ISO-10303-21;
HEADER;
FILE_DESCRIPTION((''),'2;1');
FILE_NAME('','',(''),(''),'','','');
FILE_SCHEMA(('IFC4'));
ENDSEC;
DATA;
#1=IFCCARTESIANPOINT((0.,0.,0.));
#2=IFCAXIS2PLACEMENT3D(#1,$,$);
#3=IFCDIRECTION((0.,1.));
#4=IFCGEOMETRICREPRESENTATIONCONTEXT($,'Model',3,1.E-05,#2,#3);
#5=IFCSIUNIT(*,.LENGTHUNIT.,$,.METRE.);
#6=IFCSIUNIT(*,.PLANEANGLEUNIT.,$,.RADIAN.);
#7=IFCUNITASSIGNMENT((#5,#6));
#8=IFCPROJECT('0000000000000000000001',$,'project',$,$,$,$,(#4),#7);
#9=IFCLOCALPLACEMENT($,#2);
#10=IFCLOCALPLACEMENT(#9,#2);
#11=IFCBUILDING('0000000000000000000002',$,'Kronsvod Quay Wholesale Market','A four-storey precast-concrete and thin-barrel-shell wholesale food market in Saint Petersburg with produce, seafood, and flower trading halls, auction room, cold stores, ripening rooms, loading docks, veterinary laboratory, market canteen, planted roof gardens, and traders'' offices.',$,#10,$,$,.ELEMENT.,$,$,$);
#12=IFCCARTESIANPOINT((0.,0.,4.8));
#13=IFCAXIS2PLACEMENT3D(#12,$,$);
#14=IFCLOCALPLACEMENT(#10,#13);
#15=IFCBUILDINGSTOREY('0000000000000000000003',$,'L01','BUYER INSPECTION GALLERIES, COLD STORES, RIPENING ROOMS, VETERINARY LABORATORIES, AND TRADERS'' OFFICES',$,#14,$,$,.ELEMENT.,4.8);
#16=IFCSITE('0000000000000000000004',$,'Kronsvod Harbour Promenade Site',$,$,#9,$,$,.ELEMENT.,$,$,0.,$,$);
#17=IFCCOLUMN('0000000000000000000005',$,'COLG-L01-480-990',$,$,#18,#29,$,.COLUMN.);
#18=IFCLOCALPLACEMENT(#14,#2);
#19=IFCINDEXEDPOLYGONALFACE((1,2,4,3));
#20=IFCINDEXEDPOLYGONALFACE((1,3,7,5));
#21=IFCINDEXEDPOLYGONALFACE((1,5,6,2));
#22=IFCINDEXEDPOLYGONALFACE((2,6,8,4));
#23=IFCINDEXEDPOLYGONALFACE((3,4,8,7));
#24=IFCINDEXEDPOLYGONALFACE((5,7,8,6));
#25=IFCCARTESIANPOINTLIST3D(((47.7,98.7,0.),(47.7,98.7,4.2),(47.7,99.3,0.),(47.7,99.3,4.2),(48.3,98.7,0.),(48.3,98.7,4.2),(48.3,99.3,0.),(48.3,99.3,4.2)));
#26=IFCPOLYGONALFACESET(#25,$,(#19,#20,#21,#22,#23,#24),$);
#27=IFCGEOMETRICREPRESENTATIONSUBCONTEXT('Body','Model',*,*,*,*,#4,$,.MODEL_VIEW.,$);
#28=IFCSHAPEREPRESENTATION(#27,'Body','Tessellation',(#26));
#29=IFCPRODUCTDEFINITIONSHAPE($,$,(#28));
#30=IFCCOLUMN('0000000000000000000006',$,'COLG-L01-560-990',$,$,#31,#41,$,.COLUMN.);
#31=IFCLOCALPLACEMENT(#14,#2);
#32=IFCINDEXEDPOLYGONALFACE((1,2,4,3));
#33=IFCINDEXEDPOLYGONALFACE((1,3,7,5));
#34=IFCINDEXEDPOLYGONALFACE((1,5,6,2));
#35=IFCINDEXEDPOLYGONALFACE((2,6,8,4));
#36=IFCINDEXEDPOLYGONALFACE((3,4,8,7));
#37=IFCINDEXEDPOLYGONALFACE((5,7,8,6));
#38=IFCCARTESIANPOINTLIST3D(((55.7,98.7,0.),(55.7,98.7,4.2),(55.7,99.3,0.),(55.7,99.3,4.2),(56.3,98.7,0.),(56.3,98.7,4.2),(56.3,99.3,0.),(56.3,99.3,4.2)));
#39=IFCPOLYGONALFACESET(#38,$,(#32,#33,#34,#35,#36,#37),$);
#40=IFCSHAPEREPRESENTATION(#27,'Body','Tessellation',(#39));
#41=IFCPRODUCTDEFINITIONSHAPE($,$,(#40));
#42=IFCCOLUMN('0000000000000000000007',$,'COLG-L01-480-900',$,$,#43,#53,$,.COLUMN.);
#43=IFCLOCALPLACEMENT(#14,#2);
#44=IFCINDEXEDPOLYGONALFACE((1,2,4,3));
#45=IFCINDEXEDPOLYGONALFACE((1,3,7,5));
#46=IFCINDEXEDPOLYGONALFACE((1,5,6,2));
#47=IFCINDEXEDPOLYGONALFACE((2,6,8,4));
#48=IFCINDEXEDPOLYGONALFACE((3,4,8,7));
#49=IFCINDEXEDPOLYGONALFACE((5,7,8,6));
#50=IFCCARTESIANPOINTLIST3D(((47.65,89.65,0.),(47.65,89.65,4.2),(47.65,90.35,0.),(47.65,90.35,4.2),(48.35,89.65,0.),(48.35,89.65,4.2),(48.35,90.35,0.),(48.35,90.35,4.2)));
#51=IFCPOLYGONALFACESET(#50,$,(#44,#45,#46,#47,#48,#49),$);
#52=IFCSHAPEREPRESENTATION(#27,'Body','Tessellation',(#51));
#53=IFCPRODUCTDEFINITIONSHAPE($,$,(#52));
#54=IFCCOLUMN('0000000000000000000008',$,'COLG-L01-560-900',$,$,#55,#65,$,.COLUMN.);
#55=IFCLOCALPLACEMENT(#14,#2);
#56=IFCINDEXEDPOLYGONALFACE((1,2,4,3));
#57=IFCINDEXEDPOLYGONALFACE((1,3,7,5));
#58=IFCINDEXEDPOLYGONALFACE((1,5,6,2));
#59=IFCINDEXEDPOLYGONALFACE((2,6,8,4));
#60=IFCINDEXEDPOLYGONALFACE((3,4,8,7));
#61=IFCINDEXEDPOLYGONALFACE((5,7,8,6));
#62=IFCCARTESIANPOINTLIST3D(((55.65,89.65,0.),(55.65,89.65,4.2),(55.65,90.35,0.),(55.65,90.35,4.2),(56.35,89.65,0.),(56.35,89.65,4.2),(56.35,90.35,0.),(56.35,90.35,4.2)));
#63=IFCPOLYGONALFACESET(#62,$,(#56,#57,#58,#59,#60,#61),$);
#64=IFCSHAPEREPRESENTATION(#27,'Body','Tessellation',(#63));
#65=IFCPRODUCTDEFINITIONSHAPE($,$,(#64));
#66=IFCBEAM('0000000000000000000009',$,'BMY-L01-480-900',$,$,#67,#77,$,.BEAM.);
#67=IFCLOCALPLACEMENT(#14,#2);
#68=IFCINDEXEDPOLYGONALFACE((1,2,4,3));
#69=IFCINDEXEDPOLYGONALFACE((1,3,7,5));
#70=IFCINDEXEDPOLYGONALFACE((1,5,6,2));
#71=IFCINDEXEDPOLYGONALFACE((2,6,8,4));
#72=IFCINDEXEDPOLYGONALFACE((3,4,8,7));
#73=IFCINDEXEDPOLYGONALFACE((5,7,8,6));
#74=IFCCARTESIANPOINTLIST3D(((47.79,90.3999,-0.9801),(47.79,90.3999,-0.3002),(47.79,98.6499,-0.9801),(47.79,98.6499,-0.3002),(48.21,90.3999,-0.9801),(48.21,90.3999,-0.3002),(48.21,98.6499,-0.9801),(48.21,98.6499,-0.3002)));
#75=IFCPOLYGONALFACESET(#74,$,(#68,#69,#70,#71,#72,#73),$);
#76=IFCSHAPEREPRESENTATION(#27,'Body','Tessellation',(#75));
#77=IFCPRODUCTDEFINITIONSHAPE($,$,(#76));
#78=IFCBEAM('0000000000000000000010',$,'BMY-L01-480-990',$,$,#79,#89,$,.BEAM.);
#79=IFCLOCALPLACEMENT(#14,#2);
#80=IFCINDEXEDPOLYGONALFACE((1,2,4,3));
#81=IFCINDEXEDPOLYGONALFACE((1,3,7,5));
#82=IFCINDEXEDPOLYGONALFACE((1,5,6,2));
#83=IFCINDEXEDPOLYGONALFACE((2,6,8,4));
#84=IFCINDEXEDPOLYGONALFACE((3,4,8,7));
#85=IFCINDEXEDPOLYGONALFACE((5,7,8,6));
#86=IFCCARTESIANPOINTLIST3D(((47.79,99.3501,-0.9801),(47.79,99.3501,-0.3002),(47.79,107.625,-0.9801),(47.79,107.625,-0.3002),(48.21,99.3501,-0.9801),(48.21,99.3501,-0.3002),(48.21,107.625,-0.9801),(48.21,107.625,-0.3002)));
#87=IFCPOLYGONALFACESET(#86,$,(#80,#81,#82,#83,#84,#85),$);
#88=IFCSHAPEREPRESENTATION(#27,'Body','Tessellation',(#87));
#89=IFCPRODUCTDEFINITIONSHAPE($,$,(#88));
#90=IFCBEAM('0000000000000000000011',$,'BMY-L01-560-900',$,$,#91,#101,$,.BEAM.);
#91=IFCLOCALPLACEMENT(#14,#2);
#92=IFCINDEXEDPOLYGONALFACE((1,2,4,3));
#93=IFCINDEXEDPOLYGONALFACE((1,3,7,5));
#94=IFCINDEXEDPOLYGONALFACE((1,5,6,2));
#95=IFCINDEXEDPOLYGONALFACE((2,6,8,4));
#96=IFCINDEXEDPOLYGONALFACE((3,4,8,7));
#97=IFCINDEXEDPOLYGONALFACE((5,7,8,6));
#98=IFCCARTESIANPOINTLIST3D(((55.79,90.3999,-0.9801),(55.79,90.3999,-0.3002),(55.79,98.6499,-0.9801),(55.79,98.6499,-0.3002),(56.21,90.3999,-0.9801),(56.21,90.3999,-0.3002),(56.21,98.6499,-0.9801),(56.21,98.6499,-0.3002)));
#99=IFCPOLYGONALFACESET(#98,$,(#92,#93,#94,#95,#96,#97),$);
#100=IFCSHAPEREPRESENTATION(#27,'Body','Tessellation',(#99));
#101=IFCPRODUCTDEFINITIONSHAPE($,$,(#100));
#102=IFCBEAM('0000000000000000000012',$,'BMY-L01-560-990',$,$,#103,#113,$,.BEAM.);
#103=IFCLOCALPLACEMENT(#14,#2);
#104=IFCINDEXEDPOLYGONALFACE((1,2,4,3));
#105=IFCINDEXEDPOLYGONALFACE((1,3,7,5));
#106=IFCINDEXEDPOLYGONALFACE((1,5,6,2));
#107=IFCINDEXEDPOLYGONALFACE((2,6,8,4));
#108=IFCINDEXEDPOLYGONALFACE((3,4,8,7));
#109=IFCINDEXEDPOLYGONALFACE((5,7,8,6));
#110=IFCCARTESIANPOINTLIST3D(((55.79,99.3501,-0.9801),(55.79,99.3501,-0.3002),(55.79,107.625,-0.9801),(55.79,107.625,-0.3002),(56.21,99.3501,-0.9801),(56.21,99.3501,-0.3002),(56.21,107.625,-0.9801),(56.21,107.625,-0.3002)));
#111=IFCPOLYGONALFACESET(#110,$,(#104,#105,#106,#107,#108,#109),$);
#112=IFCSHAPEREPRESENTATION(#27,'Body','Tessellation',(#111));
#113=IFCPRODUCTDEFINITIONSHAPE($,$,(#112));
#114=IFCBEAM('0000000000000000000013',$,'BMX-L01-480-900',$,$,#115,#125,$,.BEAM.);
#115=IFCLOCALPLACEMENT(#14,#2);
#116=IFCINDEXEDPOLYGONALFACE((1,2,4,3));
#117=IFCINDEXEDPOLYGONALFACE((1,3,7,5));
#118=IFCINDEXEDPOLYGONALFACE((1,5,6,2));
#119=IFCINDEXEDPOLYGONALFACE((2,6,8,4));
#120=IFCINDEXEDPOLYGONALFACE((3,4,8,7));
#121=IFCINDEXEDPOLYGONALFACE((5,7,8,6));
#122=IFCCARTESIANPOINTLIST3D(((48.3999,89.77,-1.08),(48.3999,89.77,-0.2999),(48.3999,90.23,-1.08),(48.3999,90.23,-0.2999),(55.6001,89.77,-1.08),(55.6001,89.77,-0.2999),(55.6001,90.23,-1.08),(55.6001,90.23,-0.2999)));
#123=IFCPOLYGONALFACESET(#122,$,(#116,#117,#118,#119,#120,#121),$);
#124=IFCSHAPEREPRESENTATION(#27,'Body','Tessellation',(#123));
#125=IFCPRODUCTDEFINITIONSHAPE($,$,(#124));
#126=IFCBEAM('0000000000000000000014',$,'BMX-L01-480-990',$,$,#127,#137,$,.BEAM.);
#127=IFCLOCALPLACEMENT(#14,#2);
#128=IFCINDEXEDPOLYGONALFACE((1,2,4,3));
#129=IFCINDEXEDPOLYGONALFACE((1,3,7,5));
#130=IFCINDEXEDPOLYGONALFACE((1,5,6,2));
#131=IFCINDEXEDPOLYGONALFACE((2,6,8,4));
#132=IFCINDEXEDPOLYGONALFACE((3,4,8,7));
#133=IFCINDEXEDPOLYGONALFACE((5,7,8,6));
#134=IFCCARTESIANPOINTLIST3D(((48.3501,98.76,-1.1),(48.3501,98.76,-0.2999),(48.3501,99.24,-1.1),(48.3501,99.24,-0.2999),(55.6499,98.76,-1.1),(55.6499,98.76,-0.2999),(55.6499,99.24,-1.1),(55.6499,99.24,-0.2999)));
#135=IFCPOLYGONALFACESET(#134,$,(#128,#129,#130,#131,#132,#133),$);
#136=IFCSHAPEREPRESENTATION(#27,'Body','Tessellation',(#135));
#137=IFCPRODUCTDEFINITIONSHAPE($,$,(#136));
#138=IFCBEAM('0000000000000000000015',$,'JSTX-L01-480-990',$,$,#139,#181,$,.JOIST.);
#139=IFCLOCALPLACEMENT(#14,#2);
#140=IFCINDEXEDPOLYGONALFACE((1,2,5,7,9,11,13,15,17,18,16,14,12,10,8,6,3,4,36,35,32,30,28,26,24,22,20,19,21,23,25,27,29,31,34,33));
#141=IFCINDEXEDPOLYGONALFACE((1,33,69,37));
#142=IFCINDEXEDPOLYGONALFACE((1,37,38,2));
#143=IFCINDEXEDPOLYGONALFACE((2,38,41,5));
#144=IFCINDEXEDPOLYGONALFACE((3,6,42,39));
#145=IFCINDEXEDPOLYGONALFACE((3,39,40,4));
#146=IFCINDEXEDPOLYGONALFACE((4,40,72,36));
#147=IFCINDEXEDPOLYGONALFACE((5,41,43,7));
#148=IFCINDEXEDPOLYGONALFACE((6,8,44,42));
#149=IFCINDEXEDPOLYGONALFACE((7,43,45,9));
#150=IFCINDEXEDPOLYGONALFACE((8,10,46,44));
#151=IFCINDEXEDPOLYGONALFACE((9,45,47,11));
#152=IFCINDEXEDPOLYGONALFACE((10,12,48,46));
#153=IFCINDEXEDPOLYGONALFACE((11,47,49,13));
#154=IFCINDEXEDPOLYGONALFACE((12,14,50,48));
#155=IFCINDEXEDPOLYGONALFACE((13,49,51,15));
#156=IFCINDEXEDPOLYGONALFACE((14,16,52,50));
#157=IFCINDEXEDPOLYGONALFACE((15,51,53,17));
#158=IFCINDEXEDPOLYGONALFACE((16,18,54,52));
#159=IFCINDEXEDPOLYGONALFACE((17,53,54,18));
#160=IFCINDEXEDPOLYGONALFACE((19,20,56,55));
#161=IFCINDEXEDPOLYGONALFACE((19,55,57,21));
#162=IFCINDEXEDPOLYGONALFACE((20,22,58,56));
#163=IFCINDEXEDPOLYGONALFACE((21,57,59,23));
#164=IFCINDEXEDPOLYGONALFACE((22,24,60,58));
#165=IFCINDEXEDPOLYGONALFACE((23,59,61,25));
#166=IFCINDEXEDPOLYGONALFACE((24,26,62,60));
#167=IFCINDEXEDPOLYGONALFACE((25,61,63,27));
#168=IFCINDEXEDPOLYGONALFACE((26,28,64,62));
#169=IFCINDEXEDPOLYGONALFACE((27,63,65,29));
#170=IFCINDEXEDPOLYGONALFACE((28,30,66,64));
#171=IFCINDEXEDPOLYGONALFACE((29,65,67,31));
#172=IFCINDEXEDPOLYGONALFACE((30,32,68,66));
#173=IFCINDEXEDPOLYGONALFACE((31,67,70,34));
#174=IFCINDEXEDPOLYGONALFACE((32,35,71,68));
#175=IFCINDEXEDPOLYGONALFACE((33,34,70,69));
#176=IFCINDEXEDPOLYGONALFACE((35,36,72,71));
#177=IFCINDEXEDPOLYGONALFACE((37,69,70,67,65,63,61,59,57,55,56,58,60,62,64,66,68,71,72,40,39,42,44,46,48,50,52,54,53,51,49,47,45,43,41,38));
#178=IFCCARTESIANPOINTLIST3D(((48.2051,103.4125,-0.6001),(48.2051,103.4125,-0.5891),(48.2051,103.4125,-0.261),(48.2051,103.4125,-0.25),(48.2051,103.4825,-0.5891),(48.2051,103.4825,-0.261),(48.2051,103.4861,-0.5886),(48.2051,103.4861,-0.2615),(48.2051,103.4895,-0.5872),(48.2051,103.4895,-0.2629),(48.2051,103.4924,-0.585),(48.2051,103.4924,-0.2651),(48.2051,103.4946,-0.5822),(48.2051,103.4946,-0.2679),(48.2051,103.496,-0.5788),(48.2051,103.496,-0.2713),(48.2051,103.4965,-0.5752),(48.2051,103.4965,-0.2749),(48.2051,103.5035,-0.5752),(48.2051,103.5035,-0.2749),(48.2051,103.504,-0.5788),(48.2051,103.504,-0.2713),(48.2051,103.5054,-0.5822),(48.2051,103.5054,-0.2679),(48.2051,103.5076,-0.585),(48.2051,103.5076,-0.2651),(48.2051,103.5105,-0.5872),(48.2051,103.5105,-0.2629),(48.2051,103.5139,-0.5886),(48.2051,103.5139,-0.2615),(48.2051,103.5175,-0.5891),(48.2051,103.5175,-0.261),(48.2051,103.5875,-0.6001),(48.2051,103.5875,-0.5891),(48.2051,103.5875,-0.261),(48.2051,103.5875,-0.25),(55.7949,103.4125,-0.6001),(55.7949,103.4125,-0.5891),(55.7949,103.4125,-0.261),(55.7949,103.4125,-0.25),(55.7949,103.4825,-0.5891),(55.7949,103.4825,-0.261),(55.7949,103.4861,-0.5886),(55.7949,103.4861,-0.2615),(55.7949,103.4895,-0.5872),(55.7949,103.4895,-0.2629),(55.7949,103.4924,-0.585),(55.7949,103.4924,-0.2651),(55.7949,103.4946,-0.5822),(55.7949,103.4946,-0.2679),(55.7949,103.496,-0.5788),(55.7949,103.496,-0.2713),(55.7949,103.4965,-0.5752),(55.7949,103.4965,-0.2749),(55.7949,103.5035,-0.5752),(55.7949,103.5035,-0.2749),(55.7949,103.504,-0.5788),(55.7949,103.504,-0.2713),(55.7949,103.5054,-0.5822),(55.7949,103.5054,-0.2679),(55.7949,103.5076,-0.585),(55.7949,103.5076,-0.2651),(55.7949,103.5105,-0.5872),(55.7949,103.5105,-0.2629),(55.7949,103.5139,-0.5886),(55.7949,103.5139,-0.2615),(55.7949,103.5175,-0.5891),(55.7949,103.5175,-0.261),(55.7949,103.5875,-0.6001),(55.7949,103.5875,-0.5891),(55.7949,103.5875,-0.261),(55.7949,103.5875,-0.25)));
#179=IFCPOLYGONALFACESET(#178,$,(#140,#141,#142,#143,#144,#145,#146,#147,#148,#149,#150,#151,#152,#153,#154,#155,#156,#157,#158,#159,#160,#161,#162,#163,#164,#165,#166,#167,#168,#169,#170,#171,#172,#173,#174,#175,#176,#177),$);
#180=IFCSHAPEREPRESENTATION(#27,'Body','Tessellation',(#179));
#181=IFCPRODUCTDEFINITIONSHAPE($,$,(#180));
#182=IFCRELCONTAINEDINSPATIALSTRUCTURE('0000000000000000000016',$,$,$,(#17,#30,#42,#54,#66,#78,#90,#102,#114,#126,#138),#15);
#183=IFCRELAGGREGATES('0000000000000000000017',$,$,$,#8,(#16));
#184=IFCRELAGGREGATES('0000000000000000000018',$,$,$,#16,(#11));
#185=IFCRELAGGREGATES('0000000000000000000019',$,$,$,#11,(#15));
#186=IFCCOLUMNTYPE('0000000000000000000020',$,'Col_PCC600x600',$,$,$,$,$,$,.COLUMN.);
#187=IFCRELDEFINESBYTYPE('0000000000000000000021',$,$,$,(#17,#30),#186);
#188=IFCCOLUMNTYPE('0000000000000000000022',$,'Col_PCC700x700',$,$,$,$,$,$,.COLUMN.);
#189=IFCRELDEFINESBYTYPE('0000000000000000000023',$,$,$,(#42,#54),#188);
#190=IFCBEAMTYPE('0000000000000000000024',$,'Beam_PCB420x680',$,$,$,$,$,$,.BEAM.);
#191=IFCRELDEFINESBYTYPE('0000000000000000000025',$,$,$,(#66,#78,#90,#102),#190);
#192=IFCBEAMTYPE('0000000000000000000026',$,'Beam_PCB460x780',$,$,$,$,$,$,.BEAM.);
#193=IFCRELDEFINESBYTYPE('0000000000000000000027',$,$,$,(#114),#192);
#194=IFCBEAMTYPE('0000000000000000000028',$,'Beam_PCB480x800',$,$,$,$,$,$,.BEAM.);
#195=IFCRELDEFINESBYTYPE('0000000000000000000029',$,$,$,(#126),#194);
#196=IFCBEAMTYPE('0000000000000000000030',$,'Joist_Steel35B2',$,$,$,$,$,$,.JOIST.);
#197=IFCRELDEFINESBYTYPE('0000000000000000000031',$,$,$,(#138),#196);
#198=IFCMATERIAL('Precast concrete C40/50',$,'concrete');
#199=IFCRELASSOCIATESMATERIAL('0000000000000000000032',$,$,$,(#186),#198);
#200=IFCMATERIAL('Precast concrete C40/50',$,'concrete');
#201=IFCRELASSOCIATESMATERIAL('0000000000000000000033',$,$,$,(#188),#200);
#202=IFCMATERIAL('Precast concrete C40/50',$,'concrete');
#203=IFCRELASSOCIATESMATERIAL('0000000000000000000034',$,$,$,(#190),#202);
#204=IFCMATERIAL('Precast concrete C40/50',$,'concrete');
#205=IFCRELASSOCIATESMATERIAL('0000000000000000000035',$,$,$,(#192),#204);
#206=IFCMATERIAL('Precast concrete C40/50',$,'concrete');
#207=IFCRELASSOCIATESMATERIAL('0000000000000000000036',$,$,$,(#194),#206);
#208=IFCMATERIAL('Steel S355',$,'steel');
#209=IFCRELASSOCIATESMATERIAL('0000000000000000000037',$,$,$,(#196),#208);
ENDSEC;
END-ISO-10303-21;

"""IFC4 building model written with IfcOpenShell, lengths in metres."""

from ifc_helpers import new_model, si_unit, direction, frame, origin, origin_2d, place, context, subcontext, project, spatial, rectangle, i_section, extrude, material, material_profile, profile_set, type_object, element, save


model = new_model("IFC4")

# Units and contexts
model_context = context("Model", 3, precision=1e-05, world=origin(), true_north=direction((0.0, 1.0)))
body_context = subcontext(model_context, "Body", "Model", "MODEL_VIEW")
ifc_project = project(units=[si_unit("LENGTHUNIT", "METRE"), si_unit("PLANEANGLEUNIT", "RADIAN")], contexts=[model_context])

# Site, building, storey
site_placement = place(None, origin())
site = spatial("IfcSite", under=ifc_project, at=site_placement, Name="Kronsvod Harbour Promenade Site", CompositionType="ELEMENT", RefElevation=0.0)
building_placement = place(site_placement, origin())
building = spatial("IfcBuilding", under=site, at=building_placement, Name="Kronsvod Quay Wholesale Market", Description="A four-storey precast-concrete and thin-barrel-shell wholesale food market in Saint Petersburg with produce, seafood, and flower trading halls, auction room, cold stores, ripening rooms, loading docks, veterinary laboratory, market canteen, planted roof gardens, and traders' offices.", CompositionType="ELEMENT")
storey_placement = place(building_placement, frame((0.0, 0.0, 4.8)))
storey = spatial("IfcBuildingStorey", under=building, at=storey_placement, Name="L01", Description="BUYER INSPECTION GALLERIES, COLD STORES, RIPENING ROOMS, VETERINARY LABORATORIES, AND TRADERS' OFFICES", CompositionType="ELEMENT", Elevation=4.8)

# Columns
ifc_material_1 = material(Name="Precast concrete C40/50", Category="concrete")
ifc_material_profile_1 = material_profile(ifc_material_1, rectangle(XDim=0.6001, YDim=0.6001, at=origin_2d()), Name="PCC600x600")
ifc_profile_set_1 = profile_set([ifc_material_profile_1], Name="Precast concrete C40/50")
column_type_1 = type_object("IfcColumnType", Name="Col_PCC600x600", PredefinedType="COLUMN", material=ifc_profile_set_1)
for number, where, z_axis, x_axis, name in (
    (1, (48.0, 99.0, 0.0), (0.0, 0.0, 1.0), (1.0, 0.0, 0.0), "COLG-L01-480-990"),
    (2, (56.0, 99.0, 0.0), (0.0, 0.0, 1.0), (1.0, 0.0, 0.0), "COLG-L01-560-990"),
):
    element("IfcColumn", number, at=place(storey_placement, frame(where, z_axis=z_axis, x_axis=x_axis)), inside=storey, type_object=column_type_1, Name=name, PredefinedType="COLUMN", context=body_context, shape_type="SweptSolid", body=[
        extrude(rectangle(XDim=0.6001, YDim=0.6001, at=origin_2d()), origin(), (0.0, 0.0, 1.0), 4.2),
    ])
ifc_material_2 = material(Name="Precast concrete C40/50", Category="concrete")
ifc_material_profile_2 = material_profile(ifc_material_2, rectangle(XDim=0.7, YDim=0.7, at=origin_2d()), Name="PCC700x700")
ifc_profile_set_2 = profile_set([ifc_material_profile_2], Name="Precast concrete C40/50")
column_type_2 = type_object("IfcColumnType", Name="Col_PCC700x700", PredefinedType="COLUMN", material=ifc_profile_set_2)
for number, where, z_axis, x_axis, name in (
    (3, (48.0, 90.0, 0.0), (0.0, 0.0, 1.0), (1.0, 0.0, 0.0), "COLG-L01-480-900"),
    (4, (56.0, 90.0, 0.0), (0.0, 0.0, 1.0), (1.0, 0.0, 0.0), "COLG-L01-560-900"),
):
    element("IfcColumn", number, at=place(storey_placement, frame(where, z_axis=z_axis, x_axis=x_axis)), inside=storey, type_object=column_type_2, Name=name, PredefinedType="COLUMN", context=body_context, shape_type="SweptSolid", body=[
        extrude(rectangle(XDim=0.7, YDim=0.7, at=origin_2d()), origin(), (0.0, 0.0, 1.0), 4.2),
    ])

# Beams
ifc_material_3 = material(Name="Precast concrete C40/50", Category="concrete")
ifc_material_profile_3 = material_profile(ifc_material_3, rectangle(XDim=0.4199, YDim=0.6799, at=origin_2d()), Name="PB-05")
ifc_profile_set_3 = profile_set([ifc_material_profile_3], Name="Precast concrete C40/50")
beam_type_1 = type_object("IfcBeamType", Name="Beam_PCB420x680", PredefinedType="BEAM", material=ifc_profile_set_3)
beam_1_placement = place(storey_placement, frame((48.0, 90.3999, -0.6401), z_axis=(0.0, 1.0, 0.0), x_axis=(-1.0, 0.0, 0.0)))
element("IfcBeam", 5, at=beam_1_placement, inside=storey, type_object=beam_type_1, Name="BMY-L01-480-900", PredefinedType="BEAM", context=body_context, shape_type="SweptSolid", body=[
    extrude(rectangle(XDim=0.4199, YDim=0.6799, at=origin_2d()), origin(), (0.0, 0.0, 1.0), 8.25),
])
beam_2_placement = place(storey_placement, frame((48.0, 99.3501, -0.6401), z_axis=(0.0, 1.0, 0.0), x_axis=(-1.0, 0.0, 0.0)))
element("IfcBeam", 6, at=beam_2_placement, inside=storey, type_object=beam_type_1, Name="BMY-L01-480-990", PredefinedType="BEAM", context=body_context, shape_type="SweptSolid", body=[
    extrude(rectangle(XDim=0.4199, YDim=0.6799, at=origin_2d()), origin(), (0.0, 0.0, 1.0), 8.2749),
])
beam_3_placement = place(storey_placement, frame((56.0, 90.3999, -0.6401), z_axis=(0.0, 1.0, 0.0), x_axis=(-1.0, 0.0, 0.0)))
element("IfcBeam", 7, at=beam_3_placement, inside=storey, type_object=beam_type_1, Name="BMY-L01-560-900", PredefinedType="BEAM", context=body_context, shape_type="SweptSolid", body=[
    extrude(rectangle(XDim=0.4199, YDim=0.6799, at=origin_2d()), origin(), (0.0, 0.0, 1.0), 8.25),
])
beam_4_placement = place(storey_placement, frame((56.0, 99.3501, -0.6401), z_axis=(0.0, 1.0, 0.0), x_axis=(-1.0, 0.0, 0.0)))
element("IfcBeam", 8, at=beam_4_placement, inside=storey, type_object=beam_type_1, Name="BMY-L01-560-990", PredefinedType="BEAM", context=body_context, shape_type="SweptSolid", body=[
    extrude(rectangle(XDim=0.4199, YDim=0.6799, at=origin_2d()), origin(), (0.0, 0.0, 1.0), 8.2749),
])
ifc_material_4 = material(Name="Precast concrete C40/50", Category="concrete")
ifc_material_profile_4 = material_profile(ifc_material_4, rectangle(XDim=0.46, YDim=0.78, at=origin_2d()), Name="PB-03")
ifc_profile_set_4 = profile_set([ifc_material_profile_4], Name="Precast concrete C40/50")
beam_type_2 = type_object("IfcBeamType", Name="Beam_PCB460x780", PredefinedType="BEAM", material=ifc_profile_set_4)
beam_5_placement = place(storey_placement, frame((48.3999, 90.0, -0.6899), z_axis=(1.0, 0.0, 0.0), x_axis=(0.0, 1.0, 0.0)))
element("IfcBeam", 9, at=beam_5_placement, inside=storey, type_object=beam_type_2, Name="BMX-L01-480-900", PredefinedType="BEAM", context=body_context, shape_type="SweptSolid", body=[
    extrude(rectangle(XDim=0.46, YDim=0.78, at=origin_2d()), origin(), (0.0, 0.0, 1.0), 7.2002),
])
ifc_material_5 = material(Name="Precast concrete C40/50", Category="concrete")
ifc_material_profile_5 = material_profile(ifc_material_5, rectangle(XDim=0.48, YDim=0.8, at=origin_2d()), Name="PB-04")
ifc_profile_set_5 = profile_set([ifc_material_profile_5], Name="Precast concrete C40/50")
beam_type_3 = type_object("IfcBeamType", Name="Beam_PCB480x800", PredefinedType="BEAM", material=ifc_profile_set_5)
beam_6_placement = place(storey_placement, frame((48.3501, 99.0, -0.7), z_axis=(1.0, 0.0, 0.0), x_axis=(0.0, 1.0, 0.0)))
element("IfcBeam", 10, at=beam_6_placement, inside=storey, type_object=beam_type_3, Name="BMX-L01-480-990", PredefinedType="BEAM", context=body_context, shape_type="SweptSolid", body=[
    extrude(rectangle(XDim=0.48, YDim=0.8, at=origin_2d()), origin(), (0.0, 0.0, 1.0), 7.2998),
])
ifc_material_6 = material(Name="Steel S355", Category="steel")
ifc_material_profile_6 = material_profile(ifc_material_6, i_section(OverallWidth=0.175, OverallDepth=0.3501, WebThickness=0.0071, FlangeThickness=0.011, FilletRadius=0.0139, at=origin_2d()), Name="35B2")
ifc_profile_set_6 = profile_set([ifc_material_profile_6], Name="Steel S355")
beam_type_4 = type_object("IfcBeamType", Name="Joist_Steel35B2", PredefinedType="JOIST", material=ifc_profile_set_6)
beam_7_placement = place(storey_placement, frame((48.2051, 103.5, -0.425), z_axis=(1.0, 0.0, 0.0), x_axis=(0.0, 1.0, 0.0)))
element("IfcBeam", 11, at=beam_7_placement, inside=storey, type_object=beam_type_4, Name="JSTX-L01-480-990", PredefinedType="JOIST", context=body_context, shape_type="SweptSolid", body=[
    extrude(i_section(OverallWidth=0.175, OverallDepth=0.3501, WebThickness=0.0071, FlangeThickness=0.011, FilletRadius=0.0139, at=origin_2d()), origin(), (0.0, 0.0, 1.0), 7.5898),
])

save(model, "model.ifc")
